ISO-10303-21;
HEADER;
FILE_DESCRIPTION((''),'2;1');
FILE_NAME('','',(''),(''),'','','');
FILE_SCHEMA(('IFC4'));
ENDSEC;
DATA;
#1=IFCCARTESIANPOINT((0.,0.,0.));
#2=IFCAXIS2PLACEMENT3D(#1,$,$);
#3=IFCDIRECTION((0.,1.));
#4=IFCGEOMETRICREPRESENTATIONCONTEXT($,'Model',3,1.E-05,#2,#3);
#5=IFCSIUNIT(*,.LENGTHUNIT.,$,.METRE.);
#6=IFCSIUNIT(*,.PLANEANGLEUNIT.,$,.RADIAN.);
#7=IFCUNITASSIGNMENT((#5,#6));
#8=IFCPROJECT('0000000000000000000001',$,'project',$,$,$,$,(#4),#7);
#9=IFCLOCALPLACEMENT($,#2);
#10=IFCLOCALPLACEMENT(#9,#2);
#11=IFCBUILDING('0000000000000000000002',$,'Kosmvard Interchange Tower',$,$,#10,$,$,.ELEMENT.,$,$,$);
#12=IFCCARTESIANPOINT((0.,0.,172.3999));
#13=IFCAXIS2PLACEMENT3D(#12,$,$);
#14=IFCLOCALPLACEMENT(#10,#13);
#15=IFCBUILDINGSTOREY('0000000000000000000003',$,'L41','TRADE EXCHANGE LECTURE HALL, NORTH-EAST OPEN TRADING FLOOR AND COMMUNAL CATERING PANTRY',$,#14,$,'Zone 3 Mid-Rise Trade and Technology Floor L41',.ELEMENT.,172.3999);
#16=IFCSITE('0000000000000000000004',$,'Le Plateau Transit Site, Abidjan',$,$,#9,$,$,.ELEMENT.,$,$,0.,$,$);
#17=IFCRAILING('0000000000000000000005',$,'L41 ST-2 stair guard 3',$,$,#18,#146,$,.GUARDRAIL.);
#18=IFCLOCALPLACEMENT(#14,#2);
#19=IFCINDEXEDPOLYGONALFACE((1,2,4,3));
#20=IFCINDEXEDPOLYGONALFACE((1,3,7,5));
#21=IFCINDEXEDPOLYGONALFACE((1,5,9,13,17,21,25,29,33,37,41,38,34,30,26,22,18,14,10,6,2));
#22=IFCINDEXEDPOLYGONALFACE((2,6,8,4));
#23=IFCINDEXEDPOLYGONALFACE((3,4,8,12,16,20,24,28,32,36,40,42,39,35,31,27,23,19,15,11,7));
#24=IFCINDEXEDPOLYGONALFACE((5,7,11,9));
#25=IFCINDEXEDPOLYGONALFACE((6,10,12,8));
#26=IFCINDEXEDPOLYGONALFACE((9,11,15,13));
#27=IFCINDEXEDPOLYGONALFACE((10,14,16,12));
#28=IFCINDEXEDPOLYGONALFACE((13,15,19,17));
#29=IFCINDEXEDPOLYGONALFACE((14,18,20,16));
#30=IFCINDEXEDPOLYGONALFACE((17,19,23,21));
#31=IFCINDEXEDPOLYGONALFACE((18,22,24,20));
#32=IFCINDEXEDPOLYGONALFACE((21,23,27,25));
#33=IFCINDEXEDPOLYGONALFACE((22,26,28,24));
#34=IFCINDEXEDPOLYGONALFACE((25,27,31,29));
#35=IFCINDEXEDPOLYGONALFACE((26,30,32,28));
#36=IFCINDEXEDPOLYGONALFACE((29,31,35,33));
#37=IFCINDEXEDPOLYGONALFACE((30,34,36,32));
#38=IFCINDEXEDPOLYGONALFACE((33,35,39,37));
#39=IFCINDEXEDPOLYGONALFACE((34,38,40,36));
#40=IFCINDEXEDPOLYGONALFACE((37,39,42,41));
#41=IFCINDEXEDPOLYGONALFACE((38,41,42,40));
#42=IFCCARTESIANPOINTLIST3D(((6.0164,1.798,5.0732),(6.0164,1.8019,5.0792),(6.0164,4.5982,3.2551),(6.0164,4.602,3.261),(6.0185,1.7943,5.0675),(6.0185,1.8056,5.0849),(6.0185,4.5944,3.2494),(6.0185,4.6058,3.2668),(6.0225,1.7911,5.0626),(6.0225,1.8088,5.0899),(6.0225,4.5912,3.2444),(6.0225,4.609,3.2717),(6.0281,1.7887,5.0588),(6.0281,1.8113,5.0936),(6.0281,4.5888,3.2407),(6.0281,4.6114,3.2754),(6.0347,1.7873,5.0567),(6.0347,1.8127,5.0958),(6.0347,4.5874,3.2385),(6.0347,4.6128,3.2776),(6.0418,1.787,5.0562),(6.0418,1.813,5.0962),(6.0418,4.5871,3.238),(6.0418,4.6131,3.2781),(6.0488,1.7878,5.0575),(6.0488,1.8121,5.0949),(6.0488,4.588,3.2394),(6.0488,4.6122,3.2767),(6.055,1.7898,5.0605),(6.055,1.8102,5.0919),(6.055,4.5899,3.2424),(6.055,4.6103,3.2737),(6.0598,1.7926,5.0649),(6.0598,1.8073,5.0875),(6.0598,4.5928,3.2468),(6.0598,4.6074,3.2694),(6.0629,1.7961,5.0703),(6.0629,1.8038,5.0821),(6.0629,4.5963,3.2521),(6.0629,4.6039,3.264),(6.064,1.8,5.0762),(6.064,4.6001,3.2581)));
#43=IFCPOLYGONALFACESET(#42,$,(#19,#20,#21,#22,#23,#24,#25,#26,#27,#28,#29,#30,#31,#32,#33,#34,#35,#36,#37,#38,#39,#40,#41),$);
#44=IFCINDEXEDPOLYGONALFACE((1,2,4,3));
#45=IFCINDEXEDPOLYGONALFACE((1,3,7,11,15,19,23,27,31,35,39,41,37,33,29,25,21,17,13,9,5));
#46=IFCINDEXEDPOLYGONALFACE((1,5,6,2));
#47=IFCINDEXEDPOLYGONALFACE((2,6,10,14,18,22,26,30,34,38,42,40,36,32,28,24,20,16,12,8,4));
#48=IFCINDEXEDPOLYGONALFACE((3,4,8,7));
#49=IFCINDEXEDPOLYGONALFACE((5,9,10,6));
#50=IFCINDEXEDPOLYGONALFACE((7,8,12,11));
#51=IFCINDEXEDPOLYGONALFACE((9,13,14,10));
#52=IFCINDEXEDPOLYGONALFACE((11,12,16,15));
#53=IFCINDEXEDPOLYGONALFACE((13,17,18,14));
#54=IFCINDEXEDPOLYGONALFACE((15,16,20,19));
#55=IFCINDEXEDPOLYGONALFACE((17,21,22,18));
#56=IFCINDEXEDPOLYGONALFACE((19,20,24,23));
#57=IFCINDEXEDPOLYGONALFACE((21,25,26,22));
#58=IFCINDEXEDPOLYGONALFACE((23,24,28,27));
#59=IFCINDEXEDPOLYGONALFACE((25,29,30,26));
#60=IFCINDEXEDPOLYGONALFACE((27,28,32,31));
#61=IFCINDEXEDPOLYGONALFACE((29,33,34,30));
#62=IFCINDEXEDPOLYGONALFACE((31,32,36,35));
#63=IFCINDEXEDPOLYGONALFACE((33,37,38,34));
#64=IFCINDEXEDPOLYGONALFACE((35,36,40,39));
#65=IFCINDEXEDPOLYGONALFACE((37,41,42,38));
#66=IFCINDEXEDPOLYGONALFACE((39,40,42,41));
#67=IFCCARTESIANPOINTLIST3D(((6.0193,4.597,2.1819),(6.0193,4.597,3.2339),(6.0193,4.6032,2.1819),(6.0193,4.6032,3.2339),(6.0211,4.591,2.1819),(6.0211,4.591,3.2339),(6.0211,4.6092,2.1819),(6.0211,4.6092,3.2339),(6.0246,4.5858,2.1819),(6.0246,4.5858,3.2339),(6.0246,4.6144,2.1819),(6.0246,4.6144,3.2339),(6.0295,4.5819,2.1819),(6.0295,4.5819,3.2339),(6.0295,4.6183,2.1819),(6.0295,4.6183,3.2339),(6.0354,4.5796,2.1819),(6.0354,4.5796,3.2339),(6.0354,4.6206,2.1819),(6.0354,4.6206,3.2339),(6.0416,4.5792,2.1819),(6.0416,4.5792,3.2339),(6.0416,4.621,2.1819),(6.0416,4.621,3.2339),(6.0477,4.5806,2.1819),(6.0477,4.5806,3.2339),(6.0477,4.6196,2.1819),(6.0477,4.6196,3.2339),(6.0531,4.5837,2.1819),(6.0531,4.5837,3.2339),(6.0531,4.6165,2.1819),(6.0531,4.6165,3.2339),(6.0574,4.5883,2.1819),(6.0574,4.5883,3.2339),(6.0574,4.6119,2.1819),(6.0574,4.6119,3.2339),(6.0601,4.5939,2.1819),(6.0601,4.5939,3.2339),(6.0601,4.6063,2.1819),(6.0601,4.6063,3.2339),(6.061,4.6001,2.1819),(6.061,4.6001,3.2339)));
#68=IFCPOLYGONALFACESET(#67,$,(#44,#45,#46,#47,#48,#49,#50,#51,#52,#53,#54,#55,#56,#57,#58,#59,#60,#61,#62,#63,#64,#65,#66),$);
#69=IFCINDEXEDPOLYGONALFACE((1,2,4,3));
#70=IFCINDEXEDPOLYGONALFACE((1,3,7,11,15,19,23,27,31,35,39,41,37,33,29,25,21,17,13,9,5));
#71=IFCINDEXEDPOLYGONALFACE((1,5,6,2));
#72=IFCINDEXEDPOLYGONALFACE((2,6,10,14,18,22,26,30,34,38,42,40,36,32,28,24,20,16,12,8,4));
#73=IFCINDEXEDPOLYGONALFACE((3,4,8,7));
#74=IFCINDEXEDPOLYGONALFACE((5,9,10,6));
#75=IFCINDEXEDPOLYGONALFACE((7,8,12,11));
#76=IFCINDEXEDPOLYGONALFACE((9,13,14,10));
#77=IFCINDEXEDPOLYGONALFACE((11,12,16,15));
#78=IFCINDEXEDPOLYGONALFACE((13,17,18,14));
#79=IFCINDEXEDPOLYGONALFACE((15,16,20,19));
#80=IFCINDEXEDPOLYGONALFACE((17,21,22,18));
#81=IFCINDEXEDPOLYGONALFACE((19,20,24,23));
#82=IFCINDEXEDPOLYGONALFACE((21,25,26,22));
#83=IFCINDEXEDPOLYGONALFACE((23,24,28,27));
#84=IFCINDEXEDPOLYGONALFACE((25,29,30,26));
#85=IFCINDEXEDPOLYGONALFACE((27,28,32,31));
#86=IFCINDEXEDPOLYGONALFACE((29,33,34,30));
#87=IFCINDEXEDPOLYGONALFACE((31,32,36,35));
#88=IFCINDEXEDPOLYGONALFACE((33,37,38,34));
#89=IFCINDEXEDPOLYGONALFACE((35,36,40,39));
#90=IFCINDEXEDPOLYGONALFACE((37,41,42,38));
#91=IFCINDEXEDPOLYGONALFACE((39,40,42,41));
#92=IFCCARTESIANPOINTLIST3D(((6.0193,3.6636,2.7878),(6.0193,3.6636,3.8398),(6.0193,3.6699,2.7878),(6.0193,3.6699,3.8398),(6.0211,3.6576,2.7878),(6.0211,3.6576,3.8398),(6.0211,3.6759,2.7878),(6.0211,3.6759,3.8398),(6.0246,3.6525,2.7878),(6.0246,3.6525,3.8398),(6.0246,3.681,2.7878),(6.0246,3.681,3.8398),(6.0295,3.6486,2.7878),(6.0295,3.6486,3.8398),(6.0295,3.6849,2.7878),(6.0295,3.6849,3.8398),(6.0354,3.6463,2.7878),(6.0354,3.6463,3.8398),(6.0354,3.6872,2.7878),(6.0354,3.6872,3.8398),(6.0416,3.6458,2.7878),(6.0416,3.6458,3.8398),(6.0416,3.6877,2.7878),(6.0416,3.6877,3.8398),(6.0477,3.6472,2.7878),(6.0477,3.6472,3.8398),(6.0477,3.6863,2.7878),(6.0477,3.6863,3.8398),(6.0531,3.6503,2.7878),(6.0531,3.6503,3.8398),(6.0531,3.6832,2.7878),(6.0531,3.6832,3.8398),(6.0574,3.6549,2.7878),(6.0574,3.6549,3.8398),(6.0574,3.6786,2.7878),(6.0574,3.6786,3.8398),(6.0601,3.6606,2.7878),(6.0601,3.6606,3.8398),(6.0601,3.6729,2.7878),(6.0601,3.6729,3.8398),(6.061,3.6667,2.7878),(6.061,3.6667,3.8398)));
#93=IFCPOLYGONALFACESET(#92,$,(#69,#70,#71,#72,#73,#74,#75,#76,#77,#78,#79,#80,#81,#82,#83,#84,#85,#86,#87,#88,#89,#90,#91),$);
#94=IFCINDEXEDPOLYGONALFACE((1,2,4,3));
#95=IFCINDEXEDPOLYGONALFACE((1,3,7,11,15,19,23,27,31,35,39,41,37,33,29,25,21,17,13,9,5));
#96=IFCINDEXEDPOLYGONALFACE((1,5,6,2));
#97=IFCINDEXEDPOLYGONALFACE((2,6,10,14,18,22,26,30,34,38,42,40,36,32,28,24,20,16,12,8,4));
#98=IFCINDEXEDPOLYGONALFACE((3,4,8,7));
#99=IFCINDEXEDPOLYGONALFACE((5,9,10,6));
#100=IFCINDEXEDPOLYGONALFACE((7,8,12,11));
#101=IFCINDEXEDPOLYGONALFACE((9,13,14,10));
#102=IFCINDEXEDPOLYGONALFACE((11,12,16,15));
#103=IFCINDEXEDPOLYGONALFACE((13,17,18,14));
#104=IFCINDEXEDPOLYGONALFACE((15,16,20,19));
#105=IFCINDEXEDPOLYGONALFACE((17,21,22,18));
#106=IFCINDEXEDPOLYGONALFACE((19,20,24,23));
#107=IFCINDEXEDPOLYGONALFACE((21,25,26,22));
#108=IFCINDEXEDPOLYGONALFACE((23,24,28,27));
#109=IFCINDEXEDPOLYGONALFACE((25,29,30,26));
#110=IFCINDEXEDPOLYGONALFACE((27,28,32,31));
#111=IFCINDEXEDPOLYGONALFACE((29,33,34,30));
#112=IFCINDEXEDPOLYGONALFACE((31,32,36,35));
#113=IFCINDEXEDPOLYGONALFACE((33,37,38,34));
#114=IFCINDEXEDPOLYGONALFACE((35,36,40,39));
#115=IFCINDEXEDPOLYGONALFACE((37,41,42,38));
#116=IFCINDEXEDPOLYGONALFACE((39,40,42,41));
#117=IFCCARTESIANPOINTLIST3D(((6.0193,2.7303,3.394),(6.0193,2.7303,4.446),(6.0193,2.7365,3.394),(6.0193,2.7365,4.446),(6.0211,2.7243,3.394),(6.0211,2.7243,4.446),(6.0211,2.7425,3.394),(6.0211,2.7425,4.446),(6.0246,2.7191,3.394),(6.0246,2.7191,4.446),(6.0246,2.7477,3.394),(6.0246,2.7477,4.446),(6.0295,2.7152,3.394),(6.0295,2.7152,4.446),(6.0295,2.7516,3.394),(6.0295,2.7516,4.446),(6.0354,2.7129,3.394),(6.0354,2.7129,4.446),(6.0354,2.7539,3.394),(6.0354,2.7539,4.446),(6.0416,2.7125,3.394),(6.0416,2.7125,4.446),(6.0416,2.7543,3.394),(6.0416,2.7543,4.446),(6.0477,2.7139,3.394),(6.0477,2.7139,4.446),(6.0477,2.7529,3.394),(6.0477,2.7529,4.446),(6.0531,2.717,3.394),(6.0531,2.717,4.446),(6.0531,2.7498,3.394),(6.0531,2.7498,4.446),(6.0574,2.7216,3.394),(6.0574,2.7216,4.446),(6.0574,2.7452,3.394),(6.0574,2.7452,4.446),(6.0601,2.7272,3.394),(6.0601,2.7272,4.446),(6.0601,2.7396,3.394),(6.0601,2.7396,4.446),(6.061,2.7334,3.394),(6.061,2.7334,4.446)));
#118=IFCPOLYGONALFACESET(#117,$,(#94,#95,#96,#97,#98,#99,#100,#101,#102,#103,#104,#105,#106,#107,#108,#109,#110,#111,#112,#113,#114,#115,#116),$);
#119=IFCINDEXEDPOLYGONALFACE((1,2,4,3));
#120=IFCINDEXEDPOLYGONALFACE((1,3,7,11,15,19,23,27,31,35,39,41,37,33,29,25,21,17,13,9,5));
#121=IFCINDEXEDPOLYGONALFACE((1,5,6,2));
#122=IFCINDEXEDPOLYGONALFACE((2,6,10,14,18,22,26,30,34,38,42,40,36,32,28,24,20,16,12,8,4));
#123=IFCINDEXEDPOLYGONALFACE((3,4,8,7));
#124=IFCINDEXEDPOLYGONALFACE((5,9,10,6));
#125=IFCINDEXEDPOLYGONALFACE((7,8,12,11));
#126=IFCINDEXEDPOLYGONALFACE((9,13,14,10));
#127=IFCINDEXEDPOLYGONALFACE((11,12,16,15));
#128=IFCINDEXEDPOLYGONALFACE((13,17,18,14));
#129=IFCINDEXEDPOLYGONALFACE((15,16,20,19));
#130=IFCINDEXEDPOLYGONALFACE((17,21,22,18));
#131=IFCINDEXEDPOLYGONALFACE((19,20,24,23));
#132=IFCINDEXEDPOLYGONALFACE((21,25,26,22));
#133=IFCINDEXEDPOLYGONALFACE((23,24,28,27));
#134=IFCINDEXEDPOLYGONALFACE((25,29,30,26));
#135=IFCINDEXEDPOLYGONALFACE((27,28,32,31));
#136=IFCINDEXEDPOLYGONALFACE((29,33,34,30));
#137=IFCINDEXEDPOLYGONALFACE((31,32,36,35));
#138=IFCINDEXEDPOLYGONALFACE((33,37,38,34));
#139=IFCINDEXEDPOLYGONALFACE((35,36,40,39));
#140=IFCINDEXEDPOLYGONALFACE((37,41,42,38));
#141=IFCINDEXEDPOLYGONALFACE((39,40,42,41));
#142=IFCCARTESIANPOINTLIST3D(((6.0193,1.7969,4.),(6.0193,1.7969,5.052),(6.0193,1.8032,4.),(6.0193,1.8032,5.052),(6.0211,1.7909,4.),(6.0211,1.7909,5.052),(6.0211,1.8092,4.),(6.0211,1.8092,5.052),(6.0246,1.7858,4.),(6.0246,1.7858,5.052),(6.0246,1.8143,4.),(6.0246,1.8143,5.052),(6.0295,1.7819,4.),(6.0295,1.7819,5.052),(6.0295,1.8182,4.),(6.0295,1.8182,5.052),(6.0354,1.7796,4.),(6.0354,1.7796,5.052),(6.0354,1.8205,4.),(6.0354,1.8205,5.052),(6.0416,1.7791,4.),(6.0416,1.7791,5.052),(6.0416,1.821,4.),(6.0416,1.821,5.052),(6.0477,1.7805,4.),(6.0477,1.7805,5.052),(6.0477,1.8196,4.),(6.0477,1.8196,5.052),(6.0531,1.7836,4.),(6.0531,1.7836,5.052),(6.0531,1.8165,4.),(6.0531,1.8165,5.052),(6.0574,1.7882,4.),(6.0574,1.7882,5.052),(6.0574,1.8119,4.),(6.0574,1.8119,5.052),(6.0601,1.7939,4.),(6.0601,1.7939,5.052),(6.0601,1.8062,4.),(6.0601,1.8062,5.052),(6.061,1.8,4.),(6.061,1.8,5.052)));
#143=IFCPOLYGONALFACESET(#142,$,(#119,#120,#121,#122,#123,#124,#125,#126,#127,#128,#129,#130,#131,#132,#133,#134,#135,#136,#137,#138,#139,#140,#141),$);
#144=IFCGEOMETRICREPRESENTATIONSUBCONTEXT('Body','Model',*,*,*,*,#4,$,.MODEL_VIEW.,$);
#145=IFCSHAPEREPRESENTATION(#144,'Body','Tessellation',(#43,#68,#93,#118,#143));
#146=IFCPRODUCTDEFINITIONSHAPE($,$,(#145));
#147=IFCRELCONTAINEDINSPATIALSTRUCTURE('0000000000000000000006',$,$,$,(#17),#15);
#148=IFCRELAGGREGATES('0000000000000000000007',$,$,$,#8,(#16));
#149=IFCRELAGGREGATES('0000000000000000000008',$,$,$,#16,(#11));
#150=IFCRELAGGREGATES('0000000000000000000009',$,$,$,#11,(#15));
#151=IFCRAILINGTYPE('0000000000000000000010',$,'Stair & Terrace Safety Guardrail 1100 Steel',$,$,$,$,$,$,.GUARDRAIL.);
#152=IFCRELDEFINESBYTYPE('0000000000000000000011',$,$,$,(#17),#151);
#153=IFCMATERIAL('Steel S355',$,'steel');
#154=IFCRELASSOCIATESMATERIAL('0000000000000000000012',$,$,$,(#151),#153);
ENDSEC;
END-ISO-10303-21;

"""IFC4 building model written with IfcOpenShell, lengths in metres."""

from ifc_helpers import new_model, si_unit, direction, frame, origin, origin_2d, place, context, subcontext, project, spatial, circle, extrude, source, transform, mapped, material, type_object, element, save


model = new_model("IFC4")

# Units and contexts
model_context = context("Model", 3, precision=1e-05, world=origin(), true_north=direction((0.0, 1.0)))
body_context = subcontext(model_context, "Body", "Model", "MODEL_VIEW")
ifc_project = project(units=[si_unit("LENGTHUNIT", "METRE"), si_unit("PLANEANGLEUNIT", "RADIAN")], contexts=[model_context])

# Site, building, storey
site_placement = place(None, origin())
site = spatial("IfcSite", under=ifc_project, at=site_placement, Name="Le Plateau Transit Site, Abidjan", CompositionType="ELEMENT", RefElevation=0.0)
building_placement = place(site_placement, origin())
building = spatial("IfcBuilding", under=site, at=building_placement, Name="Kosmvard Interchange Tower", CompositionType="ELEMENT")
storey_placement = place(building_placement, frame((0.0, 0.0, 172.3999)))
storey = spatial("IfcBuildingStorey", under=building, at=storey_placement, Name="L41", Description="TRADE EXCHANGE LECTURE HALL, NORTH-EAST OPEN TRADING FLOOR AND COMMUNAL CATERING PANTRY", LongName="Zone 3 Mid-Rise Trade and Technology Floor L41", CompositionType="ELEMENT", Elevation=172.3999)

# Railing
ifc_material_1 = material(Name="Steel S355", Category="steel")
railing_type_1 = type_object("IfcRailingType", Name="Stair & Terrace Safety Guardrail 1100 Steel", PredefinedType="GUARDRAIL", material=ifc_material_1)
shared_shape_1 = source(origin(), body_context, "Body", "SweptSolid", [
    extrude(circle(Radius=0.0239, at=origin_2d()), frame((0.0, 0.0, 1.0762), z_axis=(0.0, -0.838706, 0.544585), x_axis=(1.0, 0.0, 0.0)), (0.0, 0.0, 1.0), 3.3386),
    extrude(circle(Radius=0.021, at=origin_2d()), origin(), (0.0, 0.0, 1.0), 1.052),
    extrude(circle(Radius=0.021, at=origin_2d()), frame((0.0, -0.9333, 0.606)), (0.0, 0.0, 1.0), 1.052),
    extrude(circle(Radius=0.021, at=origin_2d()), frame((0.0, -1.8667, 1.2122)), (0.0, 0.0, 1.0), 1.052),
    extrude(circle(Radius=0.021, at=origin_2d()), frame((0.0, -2.8, 1.8181)), (0.0, 0.0, 1.0), 1.052),
])
railing_1_placement = place(storey_placement, frame((6.04, 4.6001, 2.1819)))
element("IfcRailing", 1, at=railing_1_placement, inside=storey, type_object=railing_type_1, Name="L41 ST-2 stair guard 3", PredefinedType="GUARDRAIL", context=body_context, shape_type="MappedRepresentation", body=[
    mapped(shared_shape_1, transform((0.0, 0.0, 0.0), scale=1.0)),
])

save(model, "model.ifc")
